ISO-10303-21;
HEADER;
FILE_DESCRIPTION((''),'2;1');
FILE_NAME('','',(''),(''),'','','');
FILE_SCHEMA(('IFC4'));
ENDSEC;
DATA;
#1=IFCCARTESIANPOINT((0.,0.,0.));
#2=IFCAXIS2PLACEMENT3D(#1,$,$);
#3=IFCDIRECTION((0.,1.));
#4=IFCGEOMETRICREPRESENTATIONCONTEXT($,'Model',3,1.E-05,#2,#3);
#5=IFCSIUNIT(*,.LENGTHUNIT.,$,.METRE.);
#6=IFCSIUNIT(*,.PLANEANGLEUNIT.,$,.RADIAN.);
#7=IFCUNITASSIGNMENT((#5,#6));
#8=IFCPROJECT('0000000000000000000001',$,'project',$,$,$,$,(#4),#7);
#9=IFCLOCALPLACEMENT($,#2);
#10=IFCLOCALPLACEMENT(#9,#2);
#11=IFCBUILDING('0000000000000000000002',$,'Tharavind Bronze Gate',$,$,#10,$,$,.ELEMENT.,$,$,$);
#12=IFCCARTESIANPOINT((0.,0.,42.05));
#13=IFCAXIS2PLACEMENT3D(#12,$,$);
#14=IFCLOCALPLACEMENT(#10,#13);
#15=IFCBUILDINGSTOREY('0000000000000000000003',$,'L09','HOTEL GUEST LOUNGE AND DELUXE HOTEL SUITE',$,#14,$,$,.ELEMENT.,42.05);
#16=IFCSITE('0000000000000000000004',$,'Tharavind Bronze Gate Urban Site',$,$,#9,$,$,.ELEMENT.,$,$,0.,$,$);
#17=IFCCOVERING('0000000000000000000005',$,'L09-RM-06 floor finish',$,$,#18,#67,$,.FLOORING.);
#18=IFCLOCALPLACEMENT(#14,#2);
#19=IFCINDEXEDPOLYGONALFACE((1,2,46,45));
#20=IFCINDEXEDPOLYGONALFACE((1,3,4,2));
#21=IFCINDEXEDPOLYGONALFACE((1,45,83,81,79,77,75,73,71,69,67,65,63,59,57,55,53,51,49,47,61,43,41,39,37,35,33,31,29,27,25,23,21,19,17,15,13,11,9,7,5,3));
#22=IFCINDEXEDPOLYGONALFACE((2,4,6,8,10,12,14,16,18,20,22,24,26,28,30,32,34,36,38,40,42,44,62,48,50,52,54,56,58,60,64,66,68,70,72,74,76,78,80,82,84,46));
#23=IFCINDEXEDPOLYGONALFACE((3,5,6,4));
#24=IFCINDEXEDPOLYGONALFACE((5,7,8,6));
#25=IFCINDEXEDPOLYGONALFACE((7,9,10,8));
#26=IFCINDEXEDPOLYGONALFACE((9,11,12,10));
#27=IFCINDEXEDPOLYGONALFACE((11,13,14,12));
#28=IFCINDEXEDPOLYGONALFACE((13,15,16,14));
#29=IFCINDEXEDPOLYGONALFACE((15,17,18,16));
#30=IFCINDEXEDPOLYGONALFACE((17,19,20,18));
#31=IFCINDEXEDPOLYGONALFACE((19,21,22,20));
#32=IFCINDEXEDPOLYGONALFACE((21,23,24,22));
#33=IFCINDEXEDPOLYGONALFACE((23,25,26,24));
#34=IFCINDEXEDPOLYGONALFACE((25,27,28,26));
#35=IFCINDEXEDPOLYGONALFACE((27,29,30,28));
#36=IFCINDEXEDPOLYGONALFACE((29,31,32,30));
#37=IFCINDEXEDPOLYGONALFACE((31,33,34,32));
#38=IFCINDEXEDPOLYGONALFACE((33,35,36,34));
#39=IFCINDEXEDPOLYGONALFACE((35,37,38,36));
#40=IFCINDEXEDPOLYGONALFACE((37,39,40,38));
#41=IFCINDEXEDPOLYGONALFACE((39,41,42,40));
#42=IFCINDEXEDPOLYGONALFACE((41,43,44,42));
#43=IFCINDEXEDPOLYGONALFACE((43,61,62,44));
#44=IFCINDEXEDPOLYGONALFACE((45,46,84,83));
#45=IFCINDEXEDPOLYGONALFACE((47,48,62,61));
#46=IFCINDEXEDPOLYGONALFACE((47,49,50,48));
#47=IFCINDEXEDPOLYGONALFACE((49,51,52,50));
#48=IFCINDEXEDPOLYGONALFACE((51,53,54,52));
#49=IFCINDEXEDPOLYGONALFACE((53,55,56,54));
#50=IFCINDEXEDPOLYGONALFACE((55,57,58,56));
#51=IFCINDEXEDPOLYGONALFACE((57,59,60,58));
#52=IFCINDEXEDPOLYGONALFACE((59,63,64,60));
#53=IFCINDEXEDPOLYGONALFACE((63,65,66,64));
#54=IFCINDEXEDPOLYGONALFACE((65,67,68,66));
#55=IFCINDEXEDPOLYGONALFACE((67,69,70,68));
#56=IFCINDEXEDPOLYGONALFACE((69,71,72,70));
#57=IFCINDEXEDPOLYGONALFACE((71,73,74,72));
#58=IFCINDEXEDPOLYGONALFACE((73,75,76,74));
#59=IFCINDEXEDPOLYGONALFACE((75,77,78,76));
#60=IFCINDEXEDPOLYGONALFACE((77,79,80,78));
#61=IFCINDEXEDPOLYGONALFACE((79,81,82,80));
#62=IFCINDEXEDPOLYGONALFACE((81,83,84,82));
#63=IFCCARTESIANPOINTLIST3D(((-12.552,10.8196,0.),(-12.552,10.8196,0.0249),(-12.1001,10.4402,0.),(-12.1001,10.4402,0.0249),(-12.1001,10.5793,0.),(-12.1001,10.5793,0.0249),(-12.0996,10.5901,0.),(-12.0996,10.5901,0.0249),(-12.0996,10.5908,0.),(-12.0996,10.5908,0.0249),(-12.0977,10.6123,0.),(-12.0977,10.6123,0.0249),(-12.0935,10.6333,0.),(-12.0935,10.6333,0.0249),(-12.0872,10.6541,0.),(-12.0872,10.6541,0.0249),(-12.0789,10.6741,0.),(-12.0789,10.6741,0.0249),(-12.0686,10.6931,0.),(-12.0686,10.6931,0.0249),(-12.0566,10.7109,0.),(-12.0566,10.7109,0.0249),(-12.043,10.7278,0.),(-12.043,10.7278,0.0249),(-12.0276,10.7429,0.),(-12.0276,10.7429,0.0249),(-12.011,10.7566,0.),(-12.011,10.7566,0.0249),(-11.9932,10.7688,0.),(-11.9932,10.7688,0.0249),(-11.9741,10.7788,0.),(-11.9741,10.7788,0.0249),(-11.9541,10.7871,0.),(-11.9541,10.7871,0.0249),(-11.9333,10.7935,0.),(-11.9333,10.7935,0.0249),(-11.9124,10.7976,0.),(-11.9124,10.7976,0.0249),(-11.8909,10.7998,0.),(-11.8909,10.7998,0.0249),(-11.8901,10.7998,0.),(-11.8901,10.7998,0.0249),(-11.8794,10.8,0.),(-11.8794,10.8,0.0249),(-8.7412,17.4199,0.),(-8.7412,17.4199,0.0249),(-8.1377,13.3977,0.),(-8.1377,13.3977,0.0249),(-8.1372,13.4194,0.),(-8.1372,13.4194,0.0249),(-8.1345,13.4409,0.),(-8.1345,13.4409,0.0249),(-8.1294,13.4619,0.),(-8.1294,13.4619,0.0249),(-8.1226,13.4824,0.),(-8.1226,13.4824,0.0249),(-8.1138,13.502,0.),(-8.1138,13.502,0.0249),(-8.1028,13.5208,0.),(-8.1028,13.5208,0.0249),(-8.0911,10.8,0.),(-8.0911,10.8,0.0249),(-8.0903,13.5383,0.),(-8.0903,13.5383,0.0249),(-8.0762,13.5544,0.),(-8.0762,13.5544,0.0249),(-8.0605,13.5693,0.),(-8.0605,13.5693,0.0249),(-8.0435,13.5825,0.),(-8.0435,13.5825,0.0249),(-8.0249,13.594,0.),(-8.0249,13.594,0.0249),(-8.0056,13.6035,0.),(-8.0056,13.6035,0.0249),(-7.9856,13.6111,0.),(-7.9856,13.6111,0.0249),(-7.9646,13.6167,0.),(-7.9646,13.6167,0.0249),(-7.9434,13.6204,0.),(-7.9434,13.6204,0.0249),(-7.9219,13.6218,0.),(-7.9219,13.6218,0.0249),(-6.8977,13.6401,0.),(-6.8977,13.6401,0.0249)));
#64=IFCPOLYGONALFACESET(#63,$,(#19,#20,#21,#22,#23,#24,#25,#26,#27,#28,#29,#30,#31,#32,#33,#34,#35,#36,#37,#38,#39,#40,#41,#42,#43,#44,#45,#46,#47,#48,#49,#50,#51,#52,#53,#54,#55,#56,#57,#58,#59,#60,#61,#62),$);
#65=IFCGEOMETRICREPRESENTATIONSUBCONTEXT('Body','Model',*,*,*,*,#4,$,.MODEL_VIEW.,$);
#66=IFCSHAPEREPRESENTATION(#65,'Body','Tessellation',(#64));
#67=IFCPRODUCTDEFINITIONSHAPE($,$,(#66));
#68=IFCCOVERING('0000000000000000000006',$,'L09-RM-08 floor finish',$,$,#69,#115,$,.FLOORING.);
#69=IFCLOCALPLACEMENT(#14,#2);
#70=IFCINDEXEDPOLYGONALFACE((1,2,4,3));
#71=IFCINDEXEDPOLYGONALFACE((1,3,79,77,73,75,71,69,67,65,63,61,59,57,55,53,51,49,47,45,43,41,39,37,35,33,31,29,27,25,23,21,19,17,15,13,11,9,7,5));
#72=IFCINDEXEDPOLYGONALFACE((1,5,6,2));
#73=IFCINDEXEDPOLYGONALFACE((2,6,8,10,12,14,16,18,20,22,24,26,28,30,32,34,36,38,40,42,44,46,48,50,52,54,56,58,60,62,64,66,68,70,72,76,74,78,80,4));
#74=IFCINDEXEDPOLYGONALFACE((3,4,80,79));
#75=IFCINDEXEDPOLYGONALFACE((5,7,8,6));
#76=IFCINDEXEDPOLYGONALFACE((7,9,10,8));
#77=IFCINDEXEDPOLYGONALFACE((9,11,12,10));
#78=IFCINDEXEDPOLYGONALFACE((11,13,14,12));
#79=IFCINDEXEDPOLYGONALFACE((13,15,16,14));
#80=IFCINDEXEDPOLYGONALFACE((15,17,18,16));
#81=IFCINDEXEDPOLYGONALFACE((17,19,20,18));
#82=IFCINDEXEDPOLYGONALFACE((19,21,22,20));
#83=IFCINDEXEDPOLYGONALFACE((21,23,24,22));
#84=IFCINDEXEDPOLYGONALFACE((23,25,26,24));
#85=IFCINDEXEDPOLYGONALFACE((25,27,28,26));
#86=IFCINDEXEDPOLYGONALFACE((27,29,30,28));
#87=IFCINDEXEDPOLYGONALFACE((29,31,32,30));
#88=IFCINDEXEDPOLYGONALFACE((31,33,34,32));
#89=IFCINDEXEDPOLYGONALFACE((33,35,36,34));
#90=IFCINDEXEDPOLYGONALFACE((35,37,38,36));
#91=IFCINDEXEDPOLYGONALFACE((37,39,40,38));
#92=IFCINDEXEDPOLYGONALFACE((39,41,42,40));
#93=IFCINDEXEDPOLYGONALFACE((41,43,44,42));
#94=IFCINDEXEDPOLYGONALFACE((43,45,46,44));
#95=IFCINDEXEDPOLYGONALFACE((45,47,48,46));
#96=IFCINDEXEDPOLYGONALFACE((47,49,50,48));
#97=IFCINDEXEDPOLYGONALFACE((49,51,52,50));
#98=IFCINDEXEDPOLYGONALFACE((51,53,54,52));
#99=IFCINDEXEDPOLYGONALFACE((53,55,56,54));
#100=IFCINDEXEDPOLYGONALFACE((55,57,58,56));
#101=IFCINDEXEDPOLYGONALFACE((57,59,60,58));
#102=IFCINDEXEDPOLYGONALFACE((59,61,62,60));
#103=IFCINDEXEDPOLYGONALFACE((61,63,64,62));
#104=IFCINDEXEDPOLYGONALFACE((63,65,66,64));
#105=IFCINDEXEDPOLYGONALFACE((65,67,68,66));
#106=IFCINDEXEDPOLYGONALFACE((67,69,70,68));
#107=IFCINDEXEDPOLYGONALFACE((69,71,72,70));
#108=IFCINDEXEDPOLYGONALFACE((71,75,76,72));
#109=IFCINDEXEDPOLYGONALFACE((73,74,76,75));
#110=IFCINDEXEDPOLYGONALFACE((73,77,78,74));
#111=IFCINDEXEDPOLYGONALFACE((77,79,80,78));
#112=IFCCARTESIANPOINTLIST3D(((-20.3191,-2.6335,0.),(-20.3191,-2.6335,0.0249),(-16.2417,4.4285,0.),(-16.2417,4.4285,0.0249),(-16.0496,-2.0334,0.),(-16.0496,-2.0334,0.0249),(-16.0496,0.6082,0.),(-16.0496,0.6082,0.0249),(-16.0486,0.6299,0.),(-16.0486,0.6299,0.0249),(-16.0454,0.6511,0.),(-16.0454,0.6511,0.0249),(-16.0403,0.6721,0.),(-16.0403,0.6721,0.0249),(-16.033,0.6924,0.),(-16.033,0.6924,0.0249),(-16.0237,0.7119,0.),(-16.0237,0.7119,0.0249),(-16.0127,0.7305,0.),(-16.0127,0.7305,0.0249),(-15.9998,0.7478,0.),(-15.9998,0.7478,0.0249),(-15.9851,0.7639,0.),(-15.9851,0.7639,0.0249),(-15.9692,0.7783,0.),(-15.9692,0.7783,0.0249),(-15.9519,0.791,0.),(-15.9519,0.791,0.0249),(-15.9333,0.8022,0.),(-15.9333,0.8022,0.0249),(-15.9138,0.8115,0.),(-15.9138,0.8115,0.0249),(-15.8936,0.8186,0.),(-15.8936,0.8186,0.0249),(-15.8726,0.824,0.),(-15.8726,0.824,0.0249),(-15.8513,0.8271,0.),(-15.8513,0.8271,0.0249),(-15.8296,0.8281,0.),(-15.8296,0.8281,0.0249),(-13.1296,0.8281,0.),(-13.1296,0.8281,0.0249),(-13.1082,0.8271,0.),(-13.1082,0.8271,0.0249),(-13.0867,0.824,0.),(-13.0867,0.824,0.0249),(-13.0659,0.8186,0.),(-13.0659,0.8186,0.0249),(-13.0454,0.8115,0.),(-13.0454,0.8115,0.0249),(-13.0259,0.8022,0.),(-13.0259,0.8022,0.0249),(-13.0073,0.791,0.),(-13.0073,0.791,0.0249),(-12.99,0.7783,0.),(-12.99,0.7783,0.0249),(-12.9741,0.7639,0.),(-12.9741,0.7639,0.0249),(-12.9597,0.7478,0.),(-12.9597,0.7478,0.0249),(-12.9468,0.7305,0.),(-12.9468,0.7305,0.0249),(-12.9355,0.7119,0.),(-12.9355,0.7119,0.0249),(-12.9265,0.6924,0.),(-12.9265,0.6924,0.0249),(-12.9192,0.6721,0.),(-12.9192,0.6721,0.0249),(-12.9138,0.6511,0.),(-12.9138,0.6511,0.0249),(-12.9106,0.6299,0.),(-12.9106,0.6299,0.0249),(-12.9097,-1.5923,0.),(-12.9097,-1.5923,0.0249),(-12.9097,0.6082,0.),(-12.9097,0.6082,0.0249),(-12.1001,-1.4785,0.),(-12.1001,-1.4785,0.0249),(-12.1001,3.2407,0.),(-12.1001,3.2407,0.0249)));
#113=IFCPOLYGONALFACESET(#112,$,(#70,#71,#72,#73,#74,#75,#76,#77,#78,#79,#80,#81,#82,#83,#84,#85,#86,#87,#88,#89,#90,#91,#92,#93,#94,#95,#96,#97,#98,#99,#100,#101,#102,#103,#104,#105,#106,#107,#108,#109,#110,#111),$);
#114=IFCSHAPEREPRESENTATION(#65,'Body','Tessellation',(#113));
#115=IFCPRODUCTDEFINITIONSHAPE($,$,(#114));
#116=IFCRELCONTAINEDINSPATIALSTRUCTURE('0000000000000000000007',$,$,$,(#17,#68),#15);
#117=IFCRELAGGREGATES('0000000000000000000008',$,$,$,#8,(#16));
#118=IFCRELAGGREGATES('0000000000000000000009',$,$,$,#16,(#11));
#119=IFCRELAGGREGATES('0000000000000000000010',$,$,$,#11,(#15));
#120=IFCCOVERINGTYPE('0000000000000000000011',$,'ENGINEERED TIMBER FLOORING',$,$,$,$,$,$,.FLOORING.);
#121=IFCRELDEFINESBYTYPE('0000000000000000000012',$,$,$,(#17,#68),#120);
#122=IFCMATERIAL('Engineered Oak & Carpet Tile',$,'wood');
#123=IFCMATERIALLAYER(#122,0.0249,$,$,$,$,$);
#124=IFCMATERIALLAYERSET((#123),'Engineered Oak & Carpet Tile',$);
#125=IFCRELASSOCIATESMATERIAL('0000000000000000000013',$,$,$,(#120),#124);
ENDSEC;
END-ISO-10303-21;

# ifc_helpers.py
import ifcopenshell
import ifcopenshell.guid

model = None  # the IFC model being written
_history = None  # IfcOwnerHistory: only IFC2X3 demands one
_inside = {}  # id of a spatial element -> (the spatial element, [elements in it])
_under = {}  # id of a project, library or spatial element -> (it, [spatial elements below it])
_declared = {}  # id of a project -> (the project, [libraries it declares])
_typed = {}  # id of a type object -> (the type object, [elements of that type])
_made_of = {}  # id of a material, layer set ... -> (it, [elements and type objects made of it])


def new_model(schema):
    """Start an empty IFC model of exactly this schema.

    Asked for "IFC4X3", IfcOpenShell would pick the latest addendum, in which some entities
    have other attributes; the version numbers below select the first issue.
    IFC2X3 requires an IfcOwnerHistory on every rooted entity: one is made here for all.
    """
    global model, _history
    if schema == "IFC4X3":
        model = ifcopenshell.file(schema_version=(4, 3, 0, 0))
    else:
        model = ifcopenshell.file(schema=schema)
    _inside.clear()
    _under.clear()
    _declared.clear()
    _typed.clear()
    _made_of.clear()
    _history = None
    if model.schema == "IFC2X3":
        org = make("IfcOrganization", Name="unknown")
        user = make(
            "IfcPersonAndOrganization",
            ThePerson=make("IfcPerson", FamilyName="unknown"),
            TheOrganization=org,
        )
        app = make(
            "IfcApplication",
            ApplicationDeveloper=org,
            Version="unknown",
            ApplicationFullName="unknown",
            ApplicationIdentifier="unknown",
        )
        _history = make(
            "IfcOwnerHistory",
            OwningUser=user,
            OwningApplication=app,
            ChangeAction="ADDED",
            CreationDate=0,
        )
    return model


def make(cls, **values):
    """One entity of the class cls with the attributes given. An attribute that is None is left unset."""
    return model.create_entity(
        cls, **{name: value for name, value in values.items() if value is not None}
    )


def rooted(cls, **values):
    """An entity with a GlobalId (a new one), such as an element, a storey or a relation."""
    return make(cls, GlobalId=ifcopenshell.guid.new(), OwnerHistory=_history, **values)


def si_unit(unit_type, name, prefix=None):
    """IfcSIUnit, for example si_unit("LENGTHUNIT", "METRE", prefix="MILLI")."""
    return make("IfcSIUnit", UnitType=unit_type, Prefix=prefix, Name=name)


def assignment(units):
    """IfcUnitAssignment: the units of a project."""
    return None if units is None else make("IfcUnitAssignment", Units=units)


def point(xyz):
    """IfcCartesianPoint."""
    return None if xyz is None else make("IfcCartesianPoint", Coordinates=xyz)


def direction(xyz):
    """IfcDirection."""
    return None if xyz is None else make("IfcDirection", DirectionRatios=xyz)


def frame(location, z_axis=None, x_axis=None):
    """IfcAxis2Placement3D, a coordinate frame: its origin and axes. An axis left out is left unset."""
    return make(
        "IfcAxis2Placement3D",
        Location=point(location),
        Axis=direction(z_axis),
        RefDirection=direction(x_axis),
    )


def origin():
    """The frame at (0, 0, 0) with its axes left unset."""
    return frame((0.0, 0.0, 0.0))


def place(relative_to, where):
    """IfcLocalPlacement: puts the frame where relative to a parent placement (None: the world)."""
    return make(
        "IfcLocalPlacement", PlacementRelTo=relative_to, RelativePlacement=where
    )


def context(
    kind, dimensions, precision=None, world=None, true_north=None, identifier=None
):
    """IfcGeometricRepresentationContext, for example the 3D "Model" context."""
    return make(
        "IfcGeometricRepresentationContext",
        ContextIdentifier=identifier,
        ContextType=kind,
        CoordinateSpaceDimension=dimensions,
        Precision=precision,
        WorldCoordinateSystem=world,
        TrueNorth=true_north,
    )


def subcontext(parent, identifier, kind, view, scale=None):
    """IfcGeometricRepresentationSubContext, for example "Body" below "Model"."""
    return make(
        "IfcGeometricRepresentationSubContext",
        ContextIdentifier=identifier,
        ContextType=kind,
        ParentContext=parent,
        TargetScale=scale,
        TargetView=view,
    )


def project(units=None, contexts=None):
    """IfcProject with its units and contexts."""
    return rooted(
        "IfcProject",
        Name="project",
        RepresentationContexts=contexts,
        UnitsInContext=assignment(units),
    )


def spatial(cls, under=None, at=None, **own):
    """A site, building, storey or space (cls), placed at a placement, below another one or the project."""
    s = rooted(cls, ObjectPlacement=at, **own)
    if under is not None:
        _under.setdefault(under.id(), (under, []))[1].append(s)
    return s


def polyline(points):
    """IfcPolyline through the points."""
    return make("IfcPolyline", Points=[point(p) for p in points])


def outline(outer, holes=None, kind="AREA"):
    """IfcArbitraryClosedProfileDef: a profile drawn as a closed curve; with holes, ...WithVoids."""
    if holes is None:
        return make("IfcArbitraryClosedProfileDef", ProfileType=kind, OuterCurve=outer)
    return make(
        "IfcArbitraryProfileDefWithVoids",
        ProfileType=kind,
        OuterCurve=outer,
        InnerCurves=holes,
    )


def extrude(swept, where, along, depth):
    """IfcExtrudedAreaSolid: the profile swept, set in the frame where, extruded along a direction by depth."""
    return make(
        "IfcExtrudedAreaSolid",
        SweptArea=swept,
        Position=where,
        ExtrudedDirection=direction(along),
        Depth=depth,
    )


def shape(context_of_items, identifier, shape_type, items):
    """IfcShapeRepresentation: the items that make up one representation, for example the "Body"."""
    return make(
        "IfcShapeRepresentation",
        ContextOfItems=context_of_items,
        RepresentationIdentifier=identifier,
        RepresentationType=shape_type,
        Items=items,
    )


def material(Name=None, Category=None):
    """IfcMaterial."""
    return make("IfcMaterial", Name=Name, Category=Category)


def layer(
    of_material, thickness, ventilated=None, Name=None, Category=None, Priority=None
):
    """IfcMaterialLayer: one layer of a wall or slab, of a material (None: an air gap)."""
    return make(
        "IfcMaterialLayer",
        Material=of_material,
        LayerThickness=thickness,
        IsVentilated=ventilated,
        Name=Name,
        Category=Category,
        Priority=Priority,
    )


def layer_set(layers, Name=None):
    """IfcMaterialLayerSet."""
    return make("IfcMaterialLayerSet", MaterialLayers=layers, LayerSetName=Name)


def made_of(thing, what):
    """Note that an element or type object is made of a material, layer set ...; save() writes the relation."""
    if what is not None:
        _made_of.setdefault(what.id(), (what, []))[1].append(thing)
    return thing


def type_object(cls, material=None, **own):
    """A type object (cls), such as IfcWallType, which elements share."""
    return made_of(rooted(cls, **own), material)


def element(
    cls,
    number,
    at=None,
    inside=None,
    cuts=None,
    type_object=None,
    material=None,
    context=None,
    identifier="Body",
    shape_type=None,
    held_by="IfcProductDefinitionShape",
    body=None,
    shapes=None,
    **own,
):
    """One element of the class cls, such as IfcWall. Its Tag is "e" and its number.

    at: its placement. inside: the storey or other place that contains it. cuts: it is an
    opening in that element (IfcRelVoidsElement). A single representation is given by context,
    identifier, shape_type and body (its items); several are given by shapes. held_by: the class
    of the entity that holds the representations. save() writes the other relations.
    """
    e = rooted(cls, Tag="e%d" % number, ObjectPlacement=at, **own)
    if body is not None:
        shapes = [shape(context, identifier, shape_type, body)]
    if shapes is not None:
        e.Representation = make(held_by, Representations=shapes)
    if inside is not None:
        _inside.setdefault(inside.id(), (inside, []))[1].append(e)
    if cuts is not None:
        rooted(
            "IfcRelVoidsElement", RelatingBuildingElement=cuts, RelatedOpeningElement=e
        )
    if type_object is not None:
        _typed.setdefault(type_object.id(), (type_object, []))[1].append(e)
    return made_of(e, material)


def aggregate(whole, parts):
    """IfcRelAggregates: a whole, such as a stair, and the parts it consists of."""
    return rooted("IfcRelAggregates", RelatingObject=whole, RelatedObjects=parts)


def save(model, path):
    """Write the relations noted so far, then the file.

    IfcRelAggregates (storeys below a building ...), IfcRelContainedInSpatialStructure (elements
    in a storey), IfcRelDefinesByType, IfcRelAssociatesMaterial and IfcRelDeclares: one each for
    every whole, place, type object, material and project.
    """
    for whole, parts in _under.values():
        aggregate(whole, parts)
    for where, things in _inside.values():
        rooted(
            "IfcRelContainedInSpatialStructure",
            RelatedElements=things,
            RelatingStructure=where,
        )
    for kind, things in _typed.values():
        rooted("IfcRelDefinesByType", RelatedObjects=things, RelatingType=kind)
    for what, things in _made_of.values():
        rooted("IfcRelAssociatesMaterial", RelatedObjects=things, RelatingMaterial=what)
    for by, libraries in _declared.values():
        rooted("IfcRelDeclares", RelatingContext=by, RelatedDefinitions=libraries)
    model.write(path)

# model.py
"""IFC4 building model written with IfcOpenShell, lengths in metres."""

from ifc_helpers import new_model, si_unit, direction, frame, origin, place, context, subcontext, project, spatial, polyline, outline, extrude, material, layer, layer_set, type_object, element, save


model = new_model("IFC4")

# Units and contexts
model_context = context("Model", 3, precision=1e-05, world=origin(), true_north=direction((0.0, 1.0)))
body_context = subcontext(model_context, "Body", "Model", "MODEL_VIEW")
ifc_project = project(units=[si_unit("LENGTHUNIT", "METRE"), si_unit("PLANEANGLEUNIT", "RADIAN")], contexts=[model_context])

# Site, building, storey
site_placement = place(None, origin())
site = spatial("IfcSite", under=ifc_project, at=site_placement, Name="Tharavind Bronze Gate Urban Site", CompositionType="ELEMENT", RefElevation=0.0)
building_placement = place(site_placement, origin())
building = spatial("IfcBuilding", under=site, at=building_placement, Name="Tharavind Bronze Gate", CompositionType="ELEMENT")
storey_placement = place(building_placement, frame((0.0, 0.0, 42.05)))
storey = spatial("IfcBuildingStorey", under=building, at=storey_placement, Name="L09", Description="HOTEL GUEST LOUNGE AND DELUXE HOTEL SUITE", CompositionType="ELEMENT", Elevation=42.05)

# Coverings
ifc_material_1 = material(Name="Engineered Oak & Carpet Tile", Category="wood")
ifc_layer_1 = layer(ifc_material_1, 0.0249)
ifc_layer_set_1 = layer_set([ifc_layer_1], Name="Engineered Oak & Carpet Tile")
covering_type_1 = type_object("IfcCoveringType", Name="ENGINEERED TIMBER FLOORING", PredefinedType="FLOORING", material=ifc_layer_set_1)
covering_1_placement = place(storey_placement, origin())
element("IfcCovering", 1, at=covering_1_placement, inside=storey, type_object=covering_type_1, Name="L09-RM-06 floor finish", PredefinedType="FLOORING", context=body_context, shape_type="SweptSolid", body=[
    extrude(outline(polyline([(-12.1001, 10.4402), (-12.1001, 10.5793), (-12.0996, 10.5901), (-12.0996, 10.5908), (-12.0977, 10.6123), (-12.0935, 10.6333), (-12.0872, 10.6541), (-12.0789, 10.6741), (-12.0686, 10.6931), (-12.0566, 10.7109), (-12.043, 10.7278), (-12.0276, 10.7429), (-12.011, 10.7566), (-11.9932, 10.7688), (-11.9741, 10.7788), (-11.9541, 10.7871), (-11.9333, 10.7935), (-11.9124, 10.7976), (-11.8909, 10.7998), (-11.8901, 10.7998), (-11.8794, 10.8), (-8.0911, 10.8), (-8.1377, 13.3977), (-8.1372, 13.4194), (-8.1345, 13.4409), (-8.1294, 13.4619), (-8.1226, 13.4824), (-8.1138, 13.502), (-8.1028, 13.5208), (-8.0903, 13.5383), (-8.0762, 13.5544), (-8.0605, 13.5693), (-8.0435, 13.5825), (-8.0249, 13.594), (-8.0056, 13.6035), (-7.9856, 13.6111), (-7.9646, 13.6167), (-7.9434, 13.6204), (-7.9219, 13.6218), (-6.8977, 13.6401), (-8.7412, 17.4199), (-12.552, 10.8196), (-12.1001, 10.4402)])), origin(), (0.0, 0.0, 1.0), 0.0249),
])
covering_2_placement = place(storey_placement, origin())
element("IfcCovering", 2, at=covering_2_placement, inside=storey, type_object=covering_type_1, Name="L09-RM-08 floor finish", PredefinedType="FLOORING", context=body_context, shape_type="SweptSolid", body=[
    extrude(outline(polyline([(-16.0496, -2.0334), (-16.0496, 0.6082), (-16.0486, 0.6299), (-16.0454, 0.6511), (-16.0403, 0.6721), (-16.033, 0.6924), (-16.0237, 0.7119), (-16.0127, 0.7305), (-15.9998, 0.7478), (-15.9851, 0.7639), (-15.9692, 0.7783), (-15.9519, 0.791), (-15.9333, 0.8022), (-15.9138, 0.8115), (-15.8936, 0.8186), (-15.8726, 0.824), (-15.8513, 0.8271), (-15.8296, 0.8281), (-13.1296, 0.8281), (-13.1082, 0.8271), (-13.0867, 0.824), (-13.0659, 0.8186), (-13.0454, 0.8115), (-13.0259, 0.8022), (-13.0073, 0.791), (-12.99, 0.7783), (-12.9741, 0.7639), (-12.9597, 0.7478), (-12.9468, 0.7305), (-12.9355, 0.7119), (-12.9265, 0.6924), (-12.9192, 0.6721), (-12.9138, 0.6511), (-12.9106, 0.6299), (-12.9097, 0.6082), (-12.9097, -1.5923), (-12.1001, -1.4785), (-12.1001, 3.2407), (-16.2417, 4.4285), (-20.3191, -2.6335), (-16.0496, -2.0334)])), origin(), (0.0, 0.0, 1.0), 0.0249),
])

save(model, "model.ifc")
